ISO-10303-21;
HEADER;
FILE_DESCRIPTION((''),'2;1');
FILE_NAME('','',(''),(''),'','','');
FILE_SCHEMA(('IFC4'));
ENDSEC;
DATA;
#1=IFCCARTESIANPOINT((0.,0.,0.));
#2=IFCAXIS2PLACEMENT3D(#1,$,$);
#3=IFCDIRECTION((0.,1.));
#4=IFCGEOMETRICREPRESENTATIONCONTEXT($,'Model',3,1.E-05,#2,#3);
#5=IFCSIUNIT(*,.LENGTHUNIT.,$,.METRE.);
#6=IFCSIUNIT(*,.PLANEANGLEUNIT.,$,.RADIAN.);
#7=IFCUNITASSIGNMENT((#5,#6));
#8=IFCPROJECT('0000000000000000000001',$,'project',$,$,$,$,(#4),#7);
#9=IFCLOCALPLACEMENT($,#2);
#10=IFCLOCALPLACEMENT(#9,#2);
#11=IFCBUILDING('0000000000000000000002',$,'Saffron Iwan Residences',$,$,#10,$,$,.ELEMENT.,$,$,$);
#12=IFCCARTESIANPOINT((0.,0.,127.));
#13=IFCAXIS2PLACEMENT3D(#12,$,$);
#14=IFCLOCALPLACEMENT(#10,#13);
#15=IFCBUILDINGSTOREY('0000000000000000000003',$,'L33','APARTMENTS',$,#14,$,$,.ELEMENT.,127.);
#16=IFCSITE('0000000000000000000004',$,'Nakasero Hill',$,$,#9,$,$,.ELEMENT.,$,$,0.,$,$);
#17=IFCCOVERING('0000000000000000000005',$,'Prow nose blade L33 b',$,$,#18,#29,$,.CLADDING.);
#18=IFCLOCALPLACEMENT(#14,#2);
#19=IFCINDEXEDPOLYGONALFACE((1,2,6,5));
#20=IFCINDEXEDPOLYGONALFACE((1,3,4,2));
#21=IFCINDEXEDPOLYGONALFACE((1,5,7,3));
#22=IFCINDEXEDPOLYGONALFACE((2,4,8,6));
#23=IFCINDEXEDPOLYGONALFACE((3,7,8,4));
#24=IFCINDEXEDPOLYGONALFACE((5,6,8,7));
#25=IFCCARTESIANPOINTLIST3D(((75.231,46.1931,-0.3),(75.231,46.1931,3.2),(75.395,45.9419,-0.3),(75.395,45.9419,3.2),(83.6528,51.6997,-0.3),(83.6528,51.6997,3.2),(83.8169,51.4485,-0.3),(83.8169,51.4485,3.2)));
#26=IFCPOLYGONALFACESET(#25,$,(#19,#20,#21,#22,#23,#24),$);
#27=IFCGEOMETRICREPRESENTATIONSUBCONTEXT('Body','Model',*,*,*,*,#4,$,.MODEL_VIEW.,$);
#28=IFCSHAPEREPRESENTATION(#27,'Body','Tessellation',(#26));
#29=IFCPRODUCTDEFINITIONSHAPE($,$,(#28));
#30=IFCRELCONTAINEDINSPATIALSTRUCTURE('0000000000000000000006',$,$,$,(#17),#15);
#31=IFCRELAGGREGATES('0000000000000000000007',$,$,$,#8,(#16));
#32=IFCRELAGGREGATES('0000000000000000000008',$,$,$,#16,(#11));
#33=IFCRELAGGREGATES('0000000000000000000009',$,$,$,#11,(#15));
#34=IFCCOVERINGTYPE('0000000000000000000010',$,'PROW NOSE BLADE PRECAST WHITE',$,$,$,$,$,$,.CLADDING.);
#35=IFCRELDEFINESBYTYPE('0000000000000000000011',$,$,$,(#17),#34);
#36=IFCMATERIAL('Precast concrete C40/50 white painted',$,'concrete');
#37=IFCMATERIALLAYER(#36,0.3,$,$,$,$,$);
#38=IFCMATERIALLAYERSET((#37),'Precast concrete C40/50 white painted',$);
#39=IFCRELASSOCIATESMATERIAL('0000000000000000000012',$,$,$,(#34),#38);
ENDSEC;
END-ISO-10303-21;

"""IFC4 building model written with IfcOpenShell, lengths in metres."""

from ifc_helpers import new_model, si_unit, direction, frame, origin, place, context, subcontext, project, spatial, polyline, outline, extrude, material, layer, layer_set, type_object, element, save


model = new_model("IFC4")

# Units and contexts
model_context = context("Model", 3, precision=1e-05, world=origin(), true_north=direction((0.0, 1.0)))
body_context = subcontext(model_context, "Body", "Model", "MODEL_VIEW")
ifc_project = project(units=[si_unit("LENGTHUNIT", "METRE"), si_unit("PLANEANGLEUNIT", "RADIAN")], contexts=[model_context])

# Site, building, storey
site_placement = place(None, origin())
site = spatial("IfcSite", under=ifc_project, at=site_placement, Name="Nakasero Hill", CompositionType="ELEMENT", RefElevation=0.0)
building_placement = place(site_placement, origin())
building = spatial("IfcBuilding", under=site, at=building_placement, Name="Saffron Iwan Residences", CompositionType="ELEMENT")
storey_placement = place(building_placement, frame((0.0, 0.0, 127.0)))
storey = spatial("IfcBuildingStorey", under=building, at=storey_placement, Name="L33", Description="APARTMENTS", CompositionType="ELEMENT", Elevation=127.0)

# Covering
ifc_material_1 = material(Name="Precast concrete C40/50 white painted", Category="concrete")
ifc_layer_1 = layer(ifc_material_1, 0.3)
ifc_layer_set_1 = layer_set([ifc_layer_1], Name="Precast concrete C40/50 white painted")
covering_type_1 = type_object("IfcCoveringType", Name="PROW NOSE BLADE PRECAST WHITE", PredefinedType="CLADDING", material=ifc_layer_set_1)
covering_1_placement = place(storey_placement, frame((0.0, 0.0, -0.3)))
element("IfcCovering", 1, at=covering_1_placement, inside=storey, type_object=covering_type_1, Name="Prow nose blade L33 b", PredefinedType="CLADDING", context=body_context, shape_type="SweptSolid", body=[
    extrude(outline(polyline([(75.395, 45.9419), (83.8169, 51.4485), (83.6528, 51.6997), (75.231, 46.1931), (75.395, 45.9419)])), origin(), (0.0, 0.0, 1.0), 3.5),
])

save(model, "model.ifc")
